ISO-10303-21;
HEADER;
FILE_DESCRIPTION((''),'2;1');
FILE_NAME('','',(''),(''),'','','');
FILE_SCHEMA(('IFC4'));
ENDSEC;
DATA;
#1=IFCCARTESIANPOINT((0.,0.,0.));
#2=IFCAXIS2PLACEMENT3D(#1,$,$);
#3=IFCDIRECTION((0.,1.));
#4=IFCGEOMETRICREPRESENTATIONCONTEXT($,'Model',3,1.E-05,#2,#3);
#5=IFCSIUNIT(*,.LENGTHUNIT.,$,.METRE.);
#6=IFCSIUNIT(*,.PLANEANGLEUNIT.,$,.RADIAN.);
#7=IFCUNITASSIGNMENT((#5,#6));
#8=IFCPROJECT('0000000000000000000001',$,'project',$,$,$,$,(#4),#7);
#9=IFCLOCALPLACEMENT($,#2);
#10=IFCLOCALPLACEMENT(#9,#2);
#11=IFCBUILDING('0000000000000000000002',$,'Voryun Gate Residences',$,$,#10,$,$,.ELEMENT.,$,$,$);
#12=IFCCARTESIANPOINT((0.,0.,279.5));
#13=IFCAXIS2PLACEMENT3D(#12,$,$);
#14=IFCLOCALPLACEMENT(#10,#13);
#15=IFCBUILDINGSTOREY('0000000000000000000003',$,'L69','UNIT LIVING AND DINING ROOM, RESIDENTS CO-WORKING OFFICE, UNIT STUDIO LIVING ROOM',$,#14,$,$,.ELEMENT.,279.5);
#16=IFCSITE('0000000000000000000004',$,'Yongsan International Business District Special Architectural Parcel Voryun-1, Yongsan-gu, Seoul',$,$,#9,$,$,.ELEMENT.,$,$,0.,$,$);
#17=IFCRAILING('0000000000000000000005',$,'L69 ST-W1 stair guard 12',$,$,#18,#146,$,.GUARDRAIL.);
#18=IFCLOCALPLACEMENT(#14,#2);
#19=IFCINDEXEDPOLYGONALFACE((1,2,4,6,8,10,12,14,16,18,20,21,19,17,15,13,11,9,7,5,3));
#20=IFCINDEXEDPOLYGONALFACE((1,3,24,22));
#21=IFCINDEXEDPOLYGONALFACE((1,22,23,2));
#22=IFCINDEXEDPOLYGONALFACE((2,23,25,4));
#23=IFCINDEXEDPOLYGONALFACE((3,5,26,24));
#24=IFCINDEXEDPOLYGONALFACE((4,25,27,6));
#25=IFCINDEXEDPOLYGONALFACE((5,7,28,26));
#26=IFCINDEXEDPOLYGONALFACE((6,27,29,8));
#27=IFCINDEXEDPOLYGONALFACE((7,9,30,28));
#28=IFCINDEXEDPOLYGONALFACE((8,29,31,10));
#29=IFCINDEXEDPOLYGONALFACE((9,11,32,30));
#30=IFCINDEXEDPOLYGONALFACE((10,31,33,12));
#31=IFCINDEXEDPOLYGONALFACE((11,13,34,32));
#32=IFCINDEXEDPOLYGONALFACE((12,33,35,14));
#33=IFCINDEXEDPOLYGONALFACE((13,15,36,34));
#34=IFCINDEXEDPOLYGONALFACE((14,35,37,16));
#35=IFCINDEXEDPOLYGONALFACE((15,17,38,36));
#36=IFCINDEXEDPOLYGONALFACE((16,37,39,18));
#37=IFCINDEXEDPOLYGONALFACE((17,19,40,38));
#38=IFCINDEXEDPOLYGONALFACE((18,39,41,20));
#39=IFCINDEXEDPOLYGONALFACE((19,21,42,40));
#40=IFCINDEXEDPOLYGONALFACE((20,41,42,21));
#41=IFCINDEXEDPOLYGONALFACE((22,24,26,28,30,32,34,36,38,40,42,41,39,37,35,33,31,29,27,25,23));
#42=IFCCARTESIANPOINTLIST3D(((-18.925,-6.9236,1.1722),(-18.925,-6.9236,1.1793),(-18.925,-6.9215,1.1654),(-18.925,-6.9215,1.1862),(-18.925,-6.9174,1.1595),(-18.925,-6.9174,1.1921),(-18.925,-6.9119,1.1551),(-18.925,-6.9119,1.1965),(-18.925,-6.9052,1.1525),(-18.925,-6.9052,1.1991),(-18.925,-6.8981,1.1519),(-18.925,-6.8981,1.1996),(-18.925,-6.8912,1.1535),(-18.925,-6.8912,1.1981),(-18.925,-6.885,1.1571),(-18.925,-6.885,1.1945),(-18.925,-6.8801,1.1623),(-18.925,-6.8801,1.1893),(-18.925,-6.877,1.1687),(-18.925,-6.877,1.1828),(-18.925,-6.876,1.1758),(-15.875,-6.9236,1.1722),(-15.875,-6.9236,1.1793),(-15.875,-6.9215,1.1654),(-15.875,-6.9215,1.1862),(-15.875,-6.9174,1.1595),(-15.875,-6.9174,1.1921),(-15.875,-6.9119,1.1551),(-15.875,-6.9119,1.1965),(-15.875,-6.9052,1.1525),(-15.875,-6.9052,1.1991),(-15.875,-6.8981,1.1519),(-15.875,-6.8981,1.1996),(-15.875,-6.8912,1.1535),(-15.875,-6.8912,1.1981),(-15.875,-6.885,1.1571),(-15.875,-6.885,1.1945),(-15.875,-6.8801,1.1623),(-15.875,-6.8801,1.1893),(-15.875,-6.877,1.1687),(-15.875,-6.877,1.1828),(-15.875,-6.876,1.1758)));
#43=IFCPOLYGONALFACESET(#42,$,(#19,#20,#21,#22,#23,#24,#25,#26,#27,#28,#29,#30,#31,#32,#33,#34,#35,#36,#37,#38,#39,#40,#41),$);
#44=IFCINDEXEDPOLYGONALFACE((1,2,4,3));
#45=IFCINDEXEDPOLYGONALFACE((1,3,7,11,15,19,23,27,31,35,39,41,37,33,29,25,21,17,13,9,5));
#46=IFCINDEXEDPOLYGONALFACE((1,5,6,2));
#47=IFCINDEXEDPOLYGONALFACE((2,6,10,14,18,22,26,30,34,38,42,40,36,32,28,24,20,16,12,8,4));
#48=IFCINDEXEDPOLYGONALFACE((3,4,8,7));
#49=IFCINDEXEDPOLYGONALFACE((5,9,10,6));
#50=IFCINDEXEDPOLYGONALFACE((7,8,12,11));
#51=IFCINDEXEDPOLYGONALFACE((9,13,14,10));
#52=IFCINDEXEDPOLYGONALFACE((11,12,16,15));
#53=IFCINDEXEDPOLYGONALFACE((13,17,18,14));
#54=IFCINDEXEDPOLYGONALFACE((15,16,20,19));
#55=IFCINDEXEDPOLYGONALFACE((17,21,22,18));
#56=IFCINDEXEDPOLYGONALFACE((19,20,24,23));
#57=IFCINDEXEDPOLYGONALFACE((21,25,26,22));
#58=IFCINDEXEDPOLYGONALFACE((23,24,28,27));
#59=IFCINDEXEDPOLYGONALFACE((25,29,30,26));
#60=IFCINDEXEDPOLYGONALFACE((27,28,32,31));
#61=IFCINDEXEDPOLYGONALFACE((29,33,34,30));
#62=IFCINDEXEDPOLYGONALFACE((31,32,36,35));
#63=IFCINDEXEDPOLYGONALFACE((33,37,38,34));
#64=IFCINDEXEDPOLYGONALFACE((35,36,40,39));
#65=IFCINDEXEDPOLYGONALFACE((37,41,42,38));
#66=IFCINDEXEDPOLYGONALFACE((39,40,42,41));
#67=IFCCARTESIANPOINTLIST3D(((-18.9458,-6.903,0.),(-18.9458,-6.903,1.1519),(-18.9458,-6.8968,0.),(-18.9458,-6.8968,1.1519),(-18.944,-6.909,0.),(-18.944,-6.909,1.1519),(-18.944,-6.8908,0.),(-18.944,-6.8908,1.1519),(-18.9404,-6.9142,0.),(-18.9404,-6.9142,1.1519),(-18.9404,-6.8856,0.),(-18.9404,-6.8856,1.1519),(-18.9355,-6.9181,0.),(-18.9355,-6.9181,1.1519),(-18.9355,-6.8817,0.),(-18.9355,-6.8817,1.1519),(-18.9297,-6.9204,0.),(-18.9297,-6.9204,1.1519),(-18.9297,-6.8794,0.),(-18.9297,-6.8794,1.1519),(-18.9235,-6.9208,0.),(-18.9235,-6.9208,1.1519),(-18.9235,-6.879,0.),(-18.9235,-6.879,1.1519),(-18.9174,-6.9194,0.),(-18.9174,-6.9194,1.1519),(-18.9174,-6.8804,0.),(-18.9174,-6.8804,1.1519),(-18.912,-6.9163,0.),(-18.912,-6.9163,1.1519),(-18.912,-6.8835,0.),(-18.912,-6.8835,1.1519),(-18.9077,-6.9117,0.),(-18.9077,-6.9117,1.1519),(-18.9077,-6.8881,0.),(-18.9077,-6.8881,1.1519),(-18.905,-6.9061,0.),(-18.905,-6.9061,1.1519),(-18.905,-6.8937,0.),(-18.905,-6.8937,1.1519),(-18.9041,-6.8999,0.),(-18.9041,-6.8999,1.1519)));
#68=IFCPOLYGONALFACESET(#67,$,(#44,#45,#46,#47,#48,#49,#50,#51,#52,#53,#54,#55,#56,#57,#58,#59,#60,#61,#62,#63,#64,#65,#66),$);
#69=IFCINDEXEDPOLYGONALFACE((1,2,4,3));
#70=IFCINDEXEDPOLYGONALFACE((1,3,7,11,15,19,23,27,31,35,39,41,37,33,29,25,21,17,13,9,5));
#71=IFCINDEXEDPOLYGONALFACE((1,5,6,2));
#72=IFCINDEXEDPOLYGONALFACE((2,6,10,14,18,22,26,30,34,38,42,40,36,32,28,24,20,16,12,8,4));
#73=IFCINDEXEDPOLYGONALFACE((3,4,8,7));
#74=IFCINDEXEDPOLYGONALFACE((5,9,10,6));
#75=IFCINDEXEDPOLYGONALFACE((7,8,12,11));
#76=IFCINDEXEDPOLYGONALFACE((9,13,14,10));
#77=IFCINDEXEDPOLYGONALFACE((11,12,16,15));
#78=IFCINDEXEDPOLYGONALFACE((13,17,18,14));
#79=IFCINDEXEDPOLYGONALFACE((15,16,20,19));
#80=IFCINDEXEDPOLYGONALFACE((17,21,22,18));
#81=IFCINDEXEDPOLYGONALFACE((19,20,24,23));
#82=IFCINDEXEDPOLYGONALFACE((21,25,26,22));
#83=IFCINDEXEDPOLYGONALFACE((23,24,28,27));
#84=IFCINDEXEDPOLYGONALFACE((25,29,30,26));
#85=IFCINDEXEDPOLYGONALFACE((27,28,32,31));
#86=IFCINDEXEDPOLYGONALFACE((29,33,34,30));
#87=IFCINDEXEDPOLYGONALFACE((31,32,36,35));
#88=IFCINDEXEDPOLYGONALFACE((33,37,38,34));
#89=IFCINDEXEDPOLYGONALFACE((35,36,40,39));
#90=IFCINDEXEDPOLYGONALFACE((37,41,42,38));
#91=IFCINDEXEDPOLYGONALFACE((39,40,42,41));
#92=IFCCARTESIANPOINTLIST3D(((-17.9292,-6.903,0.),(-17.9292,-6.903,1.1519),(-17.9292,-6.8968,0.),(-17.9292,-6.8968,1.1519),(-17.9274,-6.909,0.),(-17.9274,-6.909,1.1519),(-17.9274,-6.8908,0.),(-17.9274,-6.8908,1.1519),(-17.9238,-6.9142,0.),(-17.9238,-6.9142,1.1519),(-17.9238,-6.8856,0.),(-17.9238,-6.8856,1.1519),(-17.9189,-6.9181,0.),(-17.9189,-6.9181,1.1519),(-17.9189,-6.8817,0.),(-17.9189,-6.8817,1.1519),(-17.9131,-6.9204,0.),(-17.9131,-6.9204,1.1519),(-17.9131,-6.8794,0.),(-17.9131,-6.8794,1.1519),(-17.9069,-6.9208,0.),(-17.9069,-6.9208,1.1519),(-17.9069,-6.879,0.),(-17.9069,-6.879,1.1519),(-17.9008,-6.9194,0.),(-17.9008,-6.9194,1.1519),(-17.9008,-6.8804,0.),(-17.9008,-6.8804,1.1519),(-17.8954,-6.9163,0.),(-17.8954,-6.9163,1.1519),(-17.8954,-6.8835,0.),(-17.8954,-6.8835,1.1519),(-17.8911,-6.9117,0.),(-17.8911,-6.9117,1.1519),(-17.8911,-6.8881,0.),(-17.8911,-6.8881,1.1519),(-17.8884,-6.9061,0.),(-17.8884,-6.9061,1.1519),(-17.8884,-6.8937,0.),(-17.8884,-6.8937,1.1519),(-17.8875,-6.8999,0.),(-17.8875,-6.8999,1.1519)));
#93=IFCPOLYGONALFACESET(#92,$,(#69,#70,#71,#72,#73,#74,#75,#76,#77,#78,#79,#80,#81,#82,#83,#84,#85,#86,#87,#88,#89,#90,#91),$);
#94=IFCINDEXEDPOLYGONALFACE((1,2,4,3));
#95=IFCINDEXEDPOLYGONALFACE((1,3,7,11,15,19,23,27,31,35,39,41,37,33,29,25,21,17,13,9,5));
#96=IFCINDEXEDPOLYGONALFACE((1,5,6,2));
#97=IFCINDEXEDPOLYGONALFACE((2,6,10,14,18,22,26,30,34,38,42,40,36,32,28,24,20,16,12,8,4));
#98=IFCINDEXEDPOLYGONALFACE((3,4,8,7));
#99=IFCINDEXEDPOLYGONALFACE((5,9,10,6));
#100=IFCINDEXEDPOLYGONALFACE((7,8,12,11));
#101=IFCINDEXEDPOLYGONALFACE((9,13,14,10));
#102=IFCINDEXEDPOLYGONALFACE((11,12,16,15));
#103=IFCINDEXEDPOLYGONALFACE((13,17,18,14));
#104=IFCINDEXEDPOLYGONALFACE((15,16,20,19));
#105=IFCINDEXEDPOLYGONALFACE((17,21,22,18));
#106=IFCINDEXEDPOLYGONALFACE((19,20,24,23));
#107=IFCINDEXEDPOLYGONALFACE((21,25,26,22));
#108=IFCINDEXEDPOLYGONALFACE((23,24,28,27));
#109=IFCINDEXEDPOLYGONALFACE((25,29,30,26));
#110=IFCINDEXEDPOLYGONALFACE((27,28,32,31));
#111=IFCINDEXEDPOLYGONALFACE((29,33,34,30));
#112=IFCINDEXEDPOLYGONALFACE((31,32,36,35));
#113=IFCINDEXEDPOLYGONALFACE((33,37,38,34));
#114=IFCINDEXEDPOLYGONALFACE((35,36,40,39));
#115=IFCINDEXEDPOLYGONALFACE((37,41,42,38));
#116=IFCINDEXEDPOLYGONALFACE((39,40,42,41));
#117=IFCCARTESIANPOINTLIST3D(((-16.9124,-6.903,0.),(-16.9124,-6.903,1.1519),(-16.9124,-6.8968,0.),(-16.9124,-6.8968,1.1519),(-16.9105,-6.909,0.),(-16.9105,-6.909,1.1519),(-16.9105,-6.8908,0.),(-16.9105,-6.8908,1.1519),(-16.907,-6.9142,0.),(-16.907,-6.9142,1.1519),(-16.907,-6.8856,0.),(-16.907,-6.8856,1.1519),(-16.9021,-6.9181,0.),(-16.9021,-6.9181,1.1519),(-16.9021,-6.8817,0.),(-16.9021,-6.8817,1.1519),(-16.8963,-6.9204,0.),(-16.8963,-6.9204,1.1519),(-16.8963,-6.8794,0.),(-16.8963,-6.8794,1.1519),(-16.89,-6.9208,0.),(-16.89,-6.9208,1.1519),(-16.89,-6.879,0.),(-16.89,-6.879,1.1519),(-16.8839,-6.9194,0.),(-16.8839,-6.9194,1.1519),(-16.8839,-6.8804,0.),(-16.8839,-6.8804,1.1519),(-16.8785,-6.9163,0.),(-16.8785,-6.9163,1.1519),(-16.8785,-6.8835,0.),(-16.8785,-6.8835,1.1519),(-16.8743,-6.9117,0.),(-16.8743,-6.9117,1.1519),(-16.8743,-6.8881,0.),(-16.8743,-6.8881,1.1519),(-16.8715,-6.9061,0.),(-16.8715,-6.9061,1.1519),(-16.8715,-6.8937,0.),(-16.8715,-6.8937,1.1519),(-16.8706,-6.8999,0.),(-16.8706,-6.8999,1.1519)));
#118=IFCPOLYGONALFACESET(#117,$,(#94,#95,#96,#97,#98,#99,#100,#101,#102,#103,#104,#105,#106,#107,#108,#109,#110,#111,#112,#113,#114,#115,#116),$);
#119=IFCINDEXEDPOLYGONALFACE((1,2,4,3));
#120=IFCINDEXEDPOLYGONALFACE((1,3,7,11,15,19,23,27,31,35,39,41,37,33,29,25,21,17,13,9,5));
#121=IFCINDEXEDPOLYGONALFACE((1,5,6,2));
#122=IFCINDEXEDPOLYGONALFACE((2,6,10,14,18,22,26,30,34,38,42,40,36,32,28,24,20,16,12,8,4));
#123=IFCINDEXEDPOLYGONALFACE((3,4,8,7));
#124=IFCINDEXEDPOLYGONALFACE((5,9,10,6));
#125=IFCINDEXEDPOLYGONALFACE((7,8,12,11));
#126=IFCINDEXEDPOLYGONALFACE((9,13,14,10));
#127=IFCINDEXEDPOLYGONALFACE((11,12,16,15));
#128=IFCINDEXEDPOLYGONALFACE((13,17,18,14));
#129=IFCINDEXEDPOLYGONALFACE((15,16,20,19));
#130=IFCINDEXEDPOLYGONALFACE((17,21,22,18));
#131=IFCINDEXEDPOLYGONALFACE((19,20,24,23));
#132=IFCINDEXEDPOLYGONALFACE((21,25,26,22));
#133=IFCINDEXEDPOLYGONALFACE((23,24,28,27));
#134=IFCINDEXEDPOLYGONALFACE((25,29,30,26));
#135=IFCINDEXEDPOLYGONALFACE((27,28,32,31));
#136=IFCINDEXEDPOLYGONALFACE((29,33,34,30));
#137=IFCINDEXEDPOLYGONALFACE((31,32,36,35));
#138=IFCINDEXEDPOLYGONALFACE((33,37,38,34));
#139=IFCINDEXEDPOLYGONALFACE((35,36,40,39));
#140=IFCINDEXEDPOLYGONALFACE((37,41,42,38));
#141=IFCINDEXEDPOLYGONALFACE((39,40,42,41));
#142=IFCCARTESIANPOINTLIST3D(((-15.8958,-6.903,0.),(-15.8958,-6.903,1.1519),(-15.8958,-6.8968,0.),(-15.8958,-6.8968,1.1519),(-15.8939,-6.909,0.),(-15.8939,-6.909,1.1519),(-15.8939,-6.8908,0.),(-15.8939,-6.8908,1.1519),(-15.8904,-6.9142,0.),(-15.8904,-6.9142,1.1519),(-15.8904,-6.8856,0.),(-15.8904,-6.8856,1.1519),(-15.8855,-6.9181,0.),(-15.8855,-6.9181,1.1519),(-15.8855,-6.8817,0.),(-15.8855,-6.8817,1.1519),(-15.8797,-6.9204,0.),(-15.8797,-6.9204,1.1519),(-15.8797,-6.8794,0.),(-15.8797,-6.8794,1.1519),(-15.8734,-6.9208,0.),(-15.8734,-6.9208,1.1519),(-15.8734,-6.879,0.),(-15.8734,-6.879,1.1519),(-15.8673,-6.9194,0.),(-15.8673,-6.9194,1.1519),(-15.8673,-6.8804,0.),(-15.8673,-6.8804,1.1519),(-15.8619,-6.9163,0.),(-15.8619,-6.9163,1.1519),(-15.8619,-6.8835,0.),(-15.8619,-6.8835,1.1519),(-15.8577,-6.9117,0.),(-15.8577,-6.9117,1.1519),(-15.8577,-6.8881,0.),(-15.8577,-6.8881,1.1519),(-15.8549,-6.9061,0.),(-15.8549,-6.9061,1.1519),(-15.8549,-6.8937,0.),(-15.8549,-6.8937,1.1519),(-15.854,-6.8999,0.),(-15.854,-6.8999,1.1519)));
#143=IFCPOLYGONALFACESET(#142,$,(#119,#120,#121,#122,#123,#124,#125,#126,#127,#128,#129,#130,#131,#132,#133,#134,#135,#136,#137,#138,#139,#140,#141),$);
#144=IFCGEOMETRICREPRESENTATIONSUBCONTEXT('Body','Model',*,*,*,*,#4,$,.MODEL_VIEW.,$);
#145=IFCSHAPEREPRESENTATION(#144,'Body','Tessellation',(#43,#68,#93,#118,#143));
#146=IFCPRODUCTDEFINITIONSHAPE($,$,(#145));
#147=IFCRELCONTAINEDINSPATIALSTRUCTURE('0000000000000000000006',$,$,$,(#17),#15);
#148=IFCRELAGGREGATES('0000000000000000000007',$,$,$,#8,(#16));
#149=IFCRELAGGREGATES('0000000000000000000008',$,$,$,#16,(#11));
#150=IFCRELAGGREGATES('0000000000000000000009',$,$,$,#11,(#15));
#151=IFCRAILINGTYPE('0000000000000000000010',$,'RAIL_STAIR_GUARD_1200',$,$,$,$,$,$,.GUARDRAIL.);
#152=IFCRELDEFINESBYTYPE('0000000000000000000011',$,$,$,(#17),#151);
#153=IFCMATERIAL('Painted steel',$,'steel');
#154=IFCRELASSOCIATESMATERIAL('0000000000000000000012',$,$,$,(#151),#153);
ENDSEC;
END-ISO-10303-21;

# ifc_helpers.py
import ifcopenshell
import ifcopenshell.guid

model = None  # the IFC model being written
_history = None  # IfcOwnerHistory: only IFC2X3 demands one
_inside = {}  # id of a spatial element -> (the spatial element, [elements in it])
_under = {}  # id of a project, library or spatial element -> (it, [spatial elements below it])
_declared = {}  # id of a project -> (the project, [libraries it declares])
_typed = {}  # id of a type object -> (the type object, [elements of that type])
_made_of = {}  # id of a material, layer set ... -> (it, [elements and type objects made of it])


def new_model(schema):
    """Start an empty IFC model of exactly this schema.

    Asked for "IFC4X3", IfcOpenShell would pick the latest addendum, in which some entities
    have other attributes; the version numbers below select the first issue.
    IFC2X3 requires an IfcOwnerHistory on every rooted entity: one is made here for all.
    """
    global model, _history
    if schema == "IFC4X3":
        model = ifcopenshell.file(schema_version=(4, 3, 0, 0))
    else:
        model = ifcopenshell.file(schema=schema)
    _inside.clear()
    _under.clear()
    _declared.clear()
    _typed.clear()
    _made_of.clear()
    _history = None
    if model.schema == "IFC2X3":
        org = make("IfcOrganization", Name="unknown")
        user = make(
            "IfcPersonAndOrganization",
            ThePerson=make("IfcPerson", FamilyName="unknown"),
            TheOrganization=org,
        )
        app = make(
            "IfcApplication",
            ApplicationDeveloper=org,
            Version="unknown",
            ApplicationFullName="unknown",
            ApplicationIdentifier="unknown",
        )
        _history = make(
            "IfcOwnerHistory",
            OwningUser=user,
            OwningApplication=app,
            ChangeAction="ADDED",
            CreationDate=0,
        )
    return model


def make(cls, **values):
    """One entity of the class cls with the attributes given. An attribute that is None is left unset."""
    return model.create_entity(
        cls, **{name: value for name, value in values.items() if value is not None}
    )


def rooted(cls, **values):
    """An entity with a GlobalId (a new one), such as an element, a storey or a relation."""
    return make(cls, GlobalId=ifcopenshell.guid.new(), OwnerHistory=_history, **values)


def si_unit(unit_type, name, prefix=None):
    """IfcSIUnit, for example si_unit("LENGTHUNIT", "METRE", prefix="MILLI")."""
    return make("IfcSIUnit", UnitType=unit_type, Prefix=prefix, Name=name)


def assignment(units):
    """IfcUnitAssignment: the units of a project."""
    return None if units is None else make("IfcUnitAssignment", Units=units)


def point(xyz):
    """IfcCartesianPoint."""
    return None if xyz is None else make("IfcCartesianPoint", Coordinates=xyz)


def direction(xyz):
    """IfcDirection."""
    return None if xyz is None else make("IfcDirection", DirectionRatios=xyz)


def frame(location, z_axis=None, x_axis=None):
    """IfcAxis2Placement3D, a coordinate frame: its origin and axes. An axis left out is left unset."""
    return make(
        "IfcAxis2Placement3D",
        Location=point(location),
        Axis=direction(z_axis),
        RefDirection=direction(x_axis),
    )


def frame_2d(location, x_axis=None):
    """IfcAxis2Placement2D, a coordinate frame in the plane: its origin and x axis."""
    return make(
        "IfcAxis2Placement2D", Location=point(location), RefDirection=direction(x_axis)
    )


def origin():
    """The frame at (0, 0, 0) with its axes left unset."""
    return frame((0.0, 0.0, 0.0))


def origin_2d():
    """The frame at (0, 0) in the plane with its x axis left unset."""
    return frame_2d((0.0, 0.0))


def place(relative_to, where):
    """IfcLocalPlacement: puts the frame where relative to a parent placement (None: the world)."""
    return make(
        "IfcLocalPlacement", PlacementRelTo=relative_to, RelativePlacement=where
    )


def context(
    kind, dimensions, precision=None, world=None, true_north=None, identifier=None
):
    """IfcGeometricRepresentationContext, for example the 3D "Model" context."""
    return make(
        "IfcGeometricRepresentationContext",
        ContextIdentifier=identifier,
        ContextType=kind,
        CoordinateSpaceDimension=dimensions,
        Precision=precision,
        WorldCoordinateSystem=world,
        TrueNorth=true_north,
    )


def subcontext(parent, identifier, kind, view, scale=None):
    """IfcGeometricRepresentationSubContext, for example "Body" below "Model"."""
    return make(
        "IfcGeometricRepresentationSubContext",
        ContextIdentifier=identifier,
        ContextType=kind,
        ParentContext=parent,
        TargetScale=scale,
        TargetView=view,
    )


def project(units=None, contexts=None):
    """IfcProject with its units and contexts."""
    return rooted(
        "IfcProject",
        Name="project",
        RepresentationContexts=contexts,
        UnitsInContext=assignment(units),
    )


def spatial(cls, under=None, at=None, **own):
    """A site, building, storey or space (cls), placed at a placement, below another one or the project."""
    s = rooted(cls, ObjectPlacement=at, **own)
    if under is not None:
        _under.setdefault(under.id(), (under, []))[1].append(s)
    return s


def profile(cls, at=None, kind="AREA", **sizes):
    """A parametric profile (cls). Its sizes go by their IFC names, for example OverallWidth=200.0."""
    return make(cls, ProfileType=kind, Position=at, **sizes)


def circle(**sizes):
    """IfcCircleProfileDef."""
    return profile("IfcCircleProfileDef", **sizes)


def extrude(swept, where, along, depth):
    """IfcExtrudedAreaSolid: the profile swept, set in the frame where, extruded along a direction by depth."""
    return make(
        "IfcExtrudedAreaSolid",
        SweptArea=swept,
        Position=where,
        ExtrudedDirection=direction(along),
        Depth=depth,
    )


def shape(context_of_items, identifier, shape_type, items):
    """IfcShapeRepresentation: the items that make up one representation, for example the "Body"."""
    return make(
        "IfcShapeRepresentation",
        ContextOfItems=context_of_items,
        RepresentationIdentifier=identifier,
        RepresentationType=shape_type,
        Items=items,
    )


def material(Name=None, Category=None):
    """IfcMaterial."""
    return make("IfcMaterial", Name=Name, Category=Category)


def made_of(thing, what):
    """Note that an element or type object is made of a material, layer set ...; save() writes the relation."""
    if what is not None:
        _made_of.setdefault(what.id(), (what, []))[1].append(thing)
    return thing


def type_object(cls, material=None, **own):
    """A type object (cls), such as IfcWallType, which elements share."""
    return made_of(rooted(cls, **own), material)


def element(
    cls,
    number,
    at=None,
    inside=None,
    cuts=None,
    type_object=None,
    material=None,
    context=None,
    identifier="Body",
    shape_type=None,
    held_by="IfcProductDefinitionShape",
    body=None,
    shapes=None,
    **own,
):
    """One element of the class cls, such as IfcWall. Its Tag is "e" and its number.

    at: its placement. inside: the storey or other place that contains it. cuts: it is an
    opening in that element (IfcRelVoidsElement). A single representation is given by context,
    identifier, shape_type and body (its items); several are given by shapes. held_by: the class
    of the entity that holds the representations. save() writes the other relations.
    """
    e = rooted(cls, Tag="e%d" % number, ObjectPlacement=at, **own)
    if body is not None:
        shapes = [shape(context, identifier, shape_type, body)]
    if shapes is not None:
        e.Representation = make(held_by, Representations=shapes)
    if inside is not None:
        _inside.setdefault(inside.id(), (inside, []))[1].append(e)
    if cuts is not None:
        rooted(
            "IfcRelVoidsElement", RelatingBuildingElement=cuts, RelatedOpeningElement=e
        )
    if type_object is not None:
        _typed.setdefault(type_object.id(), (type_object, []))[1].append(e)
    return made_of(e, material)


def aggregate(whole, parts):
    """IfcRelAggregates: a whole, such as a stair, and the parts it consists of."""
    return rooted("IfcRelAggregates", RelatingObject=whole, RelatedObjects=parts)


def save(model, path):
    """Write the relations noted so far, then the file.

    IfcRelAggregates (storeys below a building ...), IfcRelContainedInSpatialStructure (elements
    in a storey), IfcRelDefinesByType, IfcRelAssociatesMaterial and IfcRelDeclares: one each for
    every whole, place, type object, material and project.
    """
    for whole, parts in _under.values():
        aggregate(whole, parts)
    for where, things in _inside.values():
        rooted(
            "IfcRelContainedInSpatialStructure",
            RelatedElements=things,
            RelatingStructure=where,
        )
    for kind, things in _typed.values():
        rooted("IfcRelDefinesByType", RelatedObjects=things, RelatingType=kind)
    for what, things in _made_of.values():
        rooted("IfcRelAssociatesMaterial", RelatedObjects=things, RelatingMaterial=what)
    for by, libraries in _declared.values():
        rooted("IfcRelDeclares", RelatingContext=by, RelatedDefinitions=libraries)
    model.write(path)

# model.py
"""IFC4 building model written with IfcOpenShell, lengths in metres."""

from ifc_helpers import new_model, si_unit, direction, frame, origin, origin_2d, place, context, subcontext, project, spatial, circle, extrude, material, type_object, element, save


model = new_model("IFC4")

# Units and contexts
model_context = context("Model", 3, precision=1e-05, world=origin(), true_north=direction((0.0, 1.0)))
body_context = subcontext(model_context, "Body", "Model", "MODEL_VIEW")
ifc_project = project(units=[si_unit("LENGTHUNIT", "METRE"), si_unit("PLANEANGLEUNIT", "RADIAN")], contexts=[model_context])

# Site, building, storey
site_placement = place(None, origin())
site = spatial("IfcSite", under=ifc_project, at=site_placement, Name="Yongsan International Business District Special Architectural Parcel Voryun-1, Yongsan-gu, Seoul", CompositionType="ELEMENT", RefElevation=0.0)
building_placement = place(site_placement, origin())
building = spatial("IfcBuilding", under=site, at=building_placement, Name="Voryun Gate Residences", CompositionType="ELEMENT")
storey_placement = place(building_placement, frame((0.0, 0.0, 279.5)))
storey = spatial("IfcBuildingStorey", under=building, at=storey_placement, Name="L69", Description="UNIT LIVING AND DINING ROOM, RESIDENTS CO-WORKING OFFICE, UNIT STUDIO LIVING ROOM", CompositionType="ELEMENT", Elevation=279.5)

# Railing
ifc_material_1 = material(Name="Painted steel", Category="steel")
railing_type_1 = type_object("IfcRailingType", Name="RAIL_STAIR_GUARD_1200", PredefinedType="GUARDRAIL", material=ifc_material_1)
railing_1_placement = place(storey_placement, frame((-18.925, -6.8999, 0.0)))
element("IfcRailing", 1, at=railing_1_placement, inside=storey, type_object=railing_type_1, Name="L69 ST-W1 stair guard 12", PredefinedType="GUARDRAIL", context=body_context, shape_type="SweptSolid", body=[
    extrude(circle(Radius=0.0239, at=origin_2d()), frame((0.0, 0.0, 1.1758), z_axis=(1.0, 0.0, 0.0), x_axis=(0.0, 1.0, 0.0)), (0.0, 0.0, 1.0), 3.05),
    extrude(circle(Radius=0.021, at=origin_2d()), origin(), (0.0, 0.0, 1.0), 1.1519),
    extrude(circle(Radius=0.021, at=origin_2d()), frame((1.0166, 0.0, 0.0)), (0.0, 0.0, 1.0), 1.1519),
    extrude(circle(Radius=0.021, at=origin_2d()), frame((2.0334, 0.0, 0.0)), (0.0, 0.0, 1.0), 1.1519),
    extrude(circle(Radius=0.021, at=origin_2d()), frame((3.05, 0.0, 0.0)), (0.0, 0.0, 1.0), 1.1519),
])

save(model, "model.ifc")
